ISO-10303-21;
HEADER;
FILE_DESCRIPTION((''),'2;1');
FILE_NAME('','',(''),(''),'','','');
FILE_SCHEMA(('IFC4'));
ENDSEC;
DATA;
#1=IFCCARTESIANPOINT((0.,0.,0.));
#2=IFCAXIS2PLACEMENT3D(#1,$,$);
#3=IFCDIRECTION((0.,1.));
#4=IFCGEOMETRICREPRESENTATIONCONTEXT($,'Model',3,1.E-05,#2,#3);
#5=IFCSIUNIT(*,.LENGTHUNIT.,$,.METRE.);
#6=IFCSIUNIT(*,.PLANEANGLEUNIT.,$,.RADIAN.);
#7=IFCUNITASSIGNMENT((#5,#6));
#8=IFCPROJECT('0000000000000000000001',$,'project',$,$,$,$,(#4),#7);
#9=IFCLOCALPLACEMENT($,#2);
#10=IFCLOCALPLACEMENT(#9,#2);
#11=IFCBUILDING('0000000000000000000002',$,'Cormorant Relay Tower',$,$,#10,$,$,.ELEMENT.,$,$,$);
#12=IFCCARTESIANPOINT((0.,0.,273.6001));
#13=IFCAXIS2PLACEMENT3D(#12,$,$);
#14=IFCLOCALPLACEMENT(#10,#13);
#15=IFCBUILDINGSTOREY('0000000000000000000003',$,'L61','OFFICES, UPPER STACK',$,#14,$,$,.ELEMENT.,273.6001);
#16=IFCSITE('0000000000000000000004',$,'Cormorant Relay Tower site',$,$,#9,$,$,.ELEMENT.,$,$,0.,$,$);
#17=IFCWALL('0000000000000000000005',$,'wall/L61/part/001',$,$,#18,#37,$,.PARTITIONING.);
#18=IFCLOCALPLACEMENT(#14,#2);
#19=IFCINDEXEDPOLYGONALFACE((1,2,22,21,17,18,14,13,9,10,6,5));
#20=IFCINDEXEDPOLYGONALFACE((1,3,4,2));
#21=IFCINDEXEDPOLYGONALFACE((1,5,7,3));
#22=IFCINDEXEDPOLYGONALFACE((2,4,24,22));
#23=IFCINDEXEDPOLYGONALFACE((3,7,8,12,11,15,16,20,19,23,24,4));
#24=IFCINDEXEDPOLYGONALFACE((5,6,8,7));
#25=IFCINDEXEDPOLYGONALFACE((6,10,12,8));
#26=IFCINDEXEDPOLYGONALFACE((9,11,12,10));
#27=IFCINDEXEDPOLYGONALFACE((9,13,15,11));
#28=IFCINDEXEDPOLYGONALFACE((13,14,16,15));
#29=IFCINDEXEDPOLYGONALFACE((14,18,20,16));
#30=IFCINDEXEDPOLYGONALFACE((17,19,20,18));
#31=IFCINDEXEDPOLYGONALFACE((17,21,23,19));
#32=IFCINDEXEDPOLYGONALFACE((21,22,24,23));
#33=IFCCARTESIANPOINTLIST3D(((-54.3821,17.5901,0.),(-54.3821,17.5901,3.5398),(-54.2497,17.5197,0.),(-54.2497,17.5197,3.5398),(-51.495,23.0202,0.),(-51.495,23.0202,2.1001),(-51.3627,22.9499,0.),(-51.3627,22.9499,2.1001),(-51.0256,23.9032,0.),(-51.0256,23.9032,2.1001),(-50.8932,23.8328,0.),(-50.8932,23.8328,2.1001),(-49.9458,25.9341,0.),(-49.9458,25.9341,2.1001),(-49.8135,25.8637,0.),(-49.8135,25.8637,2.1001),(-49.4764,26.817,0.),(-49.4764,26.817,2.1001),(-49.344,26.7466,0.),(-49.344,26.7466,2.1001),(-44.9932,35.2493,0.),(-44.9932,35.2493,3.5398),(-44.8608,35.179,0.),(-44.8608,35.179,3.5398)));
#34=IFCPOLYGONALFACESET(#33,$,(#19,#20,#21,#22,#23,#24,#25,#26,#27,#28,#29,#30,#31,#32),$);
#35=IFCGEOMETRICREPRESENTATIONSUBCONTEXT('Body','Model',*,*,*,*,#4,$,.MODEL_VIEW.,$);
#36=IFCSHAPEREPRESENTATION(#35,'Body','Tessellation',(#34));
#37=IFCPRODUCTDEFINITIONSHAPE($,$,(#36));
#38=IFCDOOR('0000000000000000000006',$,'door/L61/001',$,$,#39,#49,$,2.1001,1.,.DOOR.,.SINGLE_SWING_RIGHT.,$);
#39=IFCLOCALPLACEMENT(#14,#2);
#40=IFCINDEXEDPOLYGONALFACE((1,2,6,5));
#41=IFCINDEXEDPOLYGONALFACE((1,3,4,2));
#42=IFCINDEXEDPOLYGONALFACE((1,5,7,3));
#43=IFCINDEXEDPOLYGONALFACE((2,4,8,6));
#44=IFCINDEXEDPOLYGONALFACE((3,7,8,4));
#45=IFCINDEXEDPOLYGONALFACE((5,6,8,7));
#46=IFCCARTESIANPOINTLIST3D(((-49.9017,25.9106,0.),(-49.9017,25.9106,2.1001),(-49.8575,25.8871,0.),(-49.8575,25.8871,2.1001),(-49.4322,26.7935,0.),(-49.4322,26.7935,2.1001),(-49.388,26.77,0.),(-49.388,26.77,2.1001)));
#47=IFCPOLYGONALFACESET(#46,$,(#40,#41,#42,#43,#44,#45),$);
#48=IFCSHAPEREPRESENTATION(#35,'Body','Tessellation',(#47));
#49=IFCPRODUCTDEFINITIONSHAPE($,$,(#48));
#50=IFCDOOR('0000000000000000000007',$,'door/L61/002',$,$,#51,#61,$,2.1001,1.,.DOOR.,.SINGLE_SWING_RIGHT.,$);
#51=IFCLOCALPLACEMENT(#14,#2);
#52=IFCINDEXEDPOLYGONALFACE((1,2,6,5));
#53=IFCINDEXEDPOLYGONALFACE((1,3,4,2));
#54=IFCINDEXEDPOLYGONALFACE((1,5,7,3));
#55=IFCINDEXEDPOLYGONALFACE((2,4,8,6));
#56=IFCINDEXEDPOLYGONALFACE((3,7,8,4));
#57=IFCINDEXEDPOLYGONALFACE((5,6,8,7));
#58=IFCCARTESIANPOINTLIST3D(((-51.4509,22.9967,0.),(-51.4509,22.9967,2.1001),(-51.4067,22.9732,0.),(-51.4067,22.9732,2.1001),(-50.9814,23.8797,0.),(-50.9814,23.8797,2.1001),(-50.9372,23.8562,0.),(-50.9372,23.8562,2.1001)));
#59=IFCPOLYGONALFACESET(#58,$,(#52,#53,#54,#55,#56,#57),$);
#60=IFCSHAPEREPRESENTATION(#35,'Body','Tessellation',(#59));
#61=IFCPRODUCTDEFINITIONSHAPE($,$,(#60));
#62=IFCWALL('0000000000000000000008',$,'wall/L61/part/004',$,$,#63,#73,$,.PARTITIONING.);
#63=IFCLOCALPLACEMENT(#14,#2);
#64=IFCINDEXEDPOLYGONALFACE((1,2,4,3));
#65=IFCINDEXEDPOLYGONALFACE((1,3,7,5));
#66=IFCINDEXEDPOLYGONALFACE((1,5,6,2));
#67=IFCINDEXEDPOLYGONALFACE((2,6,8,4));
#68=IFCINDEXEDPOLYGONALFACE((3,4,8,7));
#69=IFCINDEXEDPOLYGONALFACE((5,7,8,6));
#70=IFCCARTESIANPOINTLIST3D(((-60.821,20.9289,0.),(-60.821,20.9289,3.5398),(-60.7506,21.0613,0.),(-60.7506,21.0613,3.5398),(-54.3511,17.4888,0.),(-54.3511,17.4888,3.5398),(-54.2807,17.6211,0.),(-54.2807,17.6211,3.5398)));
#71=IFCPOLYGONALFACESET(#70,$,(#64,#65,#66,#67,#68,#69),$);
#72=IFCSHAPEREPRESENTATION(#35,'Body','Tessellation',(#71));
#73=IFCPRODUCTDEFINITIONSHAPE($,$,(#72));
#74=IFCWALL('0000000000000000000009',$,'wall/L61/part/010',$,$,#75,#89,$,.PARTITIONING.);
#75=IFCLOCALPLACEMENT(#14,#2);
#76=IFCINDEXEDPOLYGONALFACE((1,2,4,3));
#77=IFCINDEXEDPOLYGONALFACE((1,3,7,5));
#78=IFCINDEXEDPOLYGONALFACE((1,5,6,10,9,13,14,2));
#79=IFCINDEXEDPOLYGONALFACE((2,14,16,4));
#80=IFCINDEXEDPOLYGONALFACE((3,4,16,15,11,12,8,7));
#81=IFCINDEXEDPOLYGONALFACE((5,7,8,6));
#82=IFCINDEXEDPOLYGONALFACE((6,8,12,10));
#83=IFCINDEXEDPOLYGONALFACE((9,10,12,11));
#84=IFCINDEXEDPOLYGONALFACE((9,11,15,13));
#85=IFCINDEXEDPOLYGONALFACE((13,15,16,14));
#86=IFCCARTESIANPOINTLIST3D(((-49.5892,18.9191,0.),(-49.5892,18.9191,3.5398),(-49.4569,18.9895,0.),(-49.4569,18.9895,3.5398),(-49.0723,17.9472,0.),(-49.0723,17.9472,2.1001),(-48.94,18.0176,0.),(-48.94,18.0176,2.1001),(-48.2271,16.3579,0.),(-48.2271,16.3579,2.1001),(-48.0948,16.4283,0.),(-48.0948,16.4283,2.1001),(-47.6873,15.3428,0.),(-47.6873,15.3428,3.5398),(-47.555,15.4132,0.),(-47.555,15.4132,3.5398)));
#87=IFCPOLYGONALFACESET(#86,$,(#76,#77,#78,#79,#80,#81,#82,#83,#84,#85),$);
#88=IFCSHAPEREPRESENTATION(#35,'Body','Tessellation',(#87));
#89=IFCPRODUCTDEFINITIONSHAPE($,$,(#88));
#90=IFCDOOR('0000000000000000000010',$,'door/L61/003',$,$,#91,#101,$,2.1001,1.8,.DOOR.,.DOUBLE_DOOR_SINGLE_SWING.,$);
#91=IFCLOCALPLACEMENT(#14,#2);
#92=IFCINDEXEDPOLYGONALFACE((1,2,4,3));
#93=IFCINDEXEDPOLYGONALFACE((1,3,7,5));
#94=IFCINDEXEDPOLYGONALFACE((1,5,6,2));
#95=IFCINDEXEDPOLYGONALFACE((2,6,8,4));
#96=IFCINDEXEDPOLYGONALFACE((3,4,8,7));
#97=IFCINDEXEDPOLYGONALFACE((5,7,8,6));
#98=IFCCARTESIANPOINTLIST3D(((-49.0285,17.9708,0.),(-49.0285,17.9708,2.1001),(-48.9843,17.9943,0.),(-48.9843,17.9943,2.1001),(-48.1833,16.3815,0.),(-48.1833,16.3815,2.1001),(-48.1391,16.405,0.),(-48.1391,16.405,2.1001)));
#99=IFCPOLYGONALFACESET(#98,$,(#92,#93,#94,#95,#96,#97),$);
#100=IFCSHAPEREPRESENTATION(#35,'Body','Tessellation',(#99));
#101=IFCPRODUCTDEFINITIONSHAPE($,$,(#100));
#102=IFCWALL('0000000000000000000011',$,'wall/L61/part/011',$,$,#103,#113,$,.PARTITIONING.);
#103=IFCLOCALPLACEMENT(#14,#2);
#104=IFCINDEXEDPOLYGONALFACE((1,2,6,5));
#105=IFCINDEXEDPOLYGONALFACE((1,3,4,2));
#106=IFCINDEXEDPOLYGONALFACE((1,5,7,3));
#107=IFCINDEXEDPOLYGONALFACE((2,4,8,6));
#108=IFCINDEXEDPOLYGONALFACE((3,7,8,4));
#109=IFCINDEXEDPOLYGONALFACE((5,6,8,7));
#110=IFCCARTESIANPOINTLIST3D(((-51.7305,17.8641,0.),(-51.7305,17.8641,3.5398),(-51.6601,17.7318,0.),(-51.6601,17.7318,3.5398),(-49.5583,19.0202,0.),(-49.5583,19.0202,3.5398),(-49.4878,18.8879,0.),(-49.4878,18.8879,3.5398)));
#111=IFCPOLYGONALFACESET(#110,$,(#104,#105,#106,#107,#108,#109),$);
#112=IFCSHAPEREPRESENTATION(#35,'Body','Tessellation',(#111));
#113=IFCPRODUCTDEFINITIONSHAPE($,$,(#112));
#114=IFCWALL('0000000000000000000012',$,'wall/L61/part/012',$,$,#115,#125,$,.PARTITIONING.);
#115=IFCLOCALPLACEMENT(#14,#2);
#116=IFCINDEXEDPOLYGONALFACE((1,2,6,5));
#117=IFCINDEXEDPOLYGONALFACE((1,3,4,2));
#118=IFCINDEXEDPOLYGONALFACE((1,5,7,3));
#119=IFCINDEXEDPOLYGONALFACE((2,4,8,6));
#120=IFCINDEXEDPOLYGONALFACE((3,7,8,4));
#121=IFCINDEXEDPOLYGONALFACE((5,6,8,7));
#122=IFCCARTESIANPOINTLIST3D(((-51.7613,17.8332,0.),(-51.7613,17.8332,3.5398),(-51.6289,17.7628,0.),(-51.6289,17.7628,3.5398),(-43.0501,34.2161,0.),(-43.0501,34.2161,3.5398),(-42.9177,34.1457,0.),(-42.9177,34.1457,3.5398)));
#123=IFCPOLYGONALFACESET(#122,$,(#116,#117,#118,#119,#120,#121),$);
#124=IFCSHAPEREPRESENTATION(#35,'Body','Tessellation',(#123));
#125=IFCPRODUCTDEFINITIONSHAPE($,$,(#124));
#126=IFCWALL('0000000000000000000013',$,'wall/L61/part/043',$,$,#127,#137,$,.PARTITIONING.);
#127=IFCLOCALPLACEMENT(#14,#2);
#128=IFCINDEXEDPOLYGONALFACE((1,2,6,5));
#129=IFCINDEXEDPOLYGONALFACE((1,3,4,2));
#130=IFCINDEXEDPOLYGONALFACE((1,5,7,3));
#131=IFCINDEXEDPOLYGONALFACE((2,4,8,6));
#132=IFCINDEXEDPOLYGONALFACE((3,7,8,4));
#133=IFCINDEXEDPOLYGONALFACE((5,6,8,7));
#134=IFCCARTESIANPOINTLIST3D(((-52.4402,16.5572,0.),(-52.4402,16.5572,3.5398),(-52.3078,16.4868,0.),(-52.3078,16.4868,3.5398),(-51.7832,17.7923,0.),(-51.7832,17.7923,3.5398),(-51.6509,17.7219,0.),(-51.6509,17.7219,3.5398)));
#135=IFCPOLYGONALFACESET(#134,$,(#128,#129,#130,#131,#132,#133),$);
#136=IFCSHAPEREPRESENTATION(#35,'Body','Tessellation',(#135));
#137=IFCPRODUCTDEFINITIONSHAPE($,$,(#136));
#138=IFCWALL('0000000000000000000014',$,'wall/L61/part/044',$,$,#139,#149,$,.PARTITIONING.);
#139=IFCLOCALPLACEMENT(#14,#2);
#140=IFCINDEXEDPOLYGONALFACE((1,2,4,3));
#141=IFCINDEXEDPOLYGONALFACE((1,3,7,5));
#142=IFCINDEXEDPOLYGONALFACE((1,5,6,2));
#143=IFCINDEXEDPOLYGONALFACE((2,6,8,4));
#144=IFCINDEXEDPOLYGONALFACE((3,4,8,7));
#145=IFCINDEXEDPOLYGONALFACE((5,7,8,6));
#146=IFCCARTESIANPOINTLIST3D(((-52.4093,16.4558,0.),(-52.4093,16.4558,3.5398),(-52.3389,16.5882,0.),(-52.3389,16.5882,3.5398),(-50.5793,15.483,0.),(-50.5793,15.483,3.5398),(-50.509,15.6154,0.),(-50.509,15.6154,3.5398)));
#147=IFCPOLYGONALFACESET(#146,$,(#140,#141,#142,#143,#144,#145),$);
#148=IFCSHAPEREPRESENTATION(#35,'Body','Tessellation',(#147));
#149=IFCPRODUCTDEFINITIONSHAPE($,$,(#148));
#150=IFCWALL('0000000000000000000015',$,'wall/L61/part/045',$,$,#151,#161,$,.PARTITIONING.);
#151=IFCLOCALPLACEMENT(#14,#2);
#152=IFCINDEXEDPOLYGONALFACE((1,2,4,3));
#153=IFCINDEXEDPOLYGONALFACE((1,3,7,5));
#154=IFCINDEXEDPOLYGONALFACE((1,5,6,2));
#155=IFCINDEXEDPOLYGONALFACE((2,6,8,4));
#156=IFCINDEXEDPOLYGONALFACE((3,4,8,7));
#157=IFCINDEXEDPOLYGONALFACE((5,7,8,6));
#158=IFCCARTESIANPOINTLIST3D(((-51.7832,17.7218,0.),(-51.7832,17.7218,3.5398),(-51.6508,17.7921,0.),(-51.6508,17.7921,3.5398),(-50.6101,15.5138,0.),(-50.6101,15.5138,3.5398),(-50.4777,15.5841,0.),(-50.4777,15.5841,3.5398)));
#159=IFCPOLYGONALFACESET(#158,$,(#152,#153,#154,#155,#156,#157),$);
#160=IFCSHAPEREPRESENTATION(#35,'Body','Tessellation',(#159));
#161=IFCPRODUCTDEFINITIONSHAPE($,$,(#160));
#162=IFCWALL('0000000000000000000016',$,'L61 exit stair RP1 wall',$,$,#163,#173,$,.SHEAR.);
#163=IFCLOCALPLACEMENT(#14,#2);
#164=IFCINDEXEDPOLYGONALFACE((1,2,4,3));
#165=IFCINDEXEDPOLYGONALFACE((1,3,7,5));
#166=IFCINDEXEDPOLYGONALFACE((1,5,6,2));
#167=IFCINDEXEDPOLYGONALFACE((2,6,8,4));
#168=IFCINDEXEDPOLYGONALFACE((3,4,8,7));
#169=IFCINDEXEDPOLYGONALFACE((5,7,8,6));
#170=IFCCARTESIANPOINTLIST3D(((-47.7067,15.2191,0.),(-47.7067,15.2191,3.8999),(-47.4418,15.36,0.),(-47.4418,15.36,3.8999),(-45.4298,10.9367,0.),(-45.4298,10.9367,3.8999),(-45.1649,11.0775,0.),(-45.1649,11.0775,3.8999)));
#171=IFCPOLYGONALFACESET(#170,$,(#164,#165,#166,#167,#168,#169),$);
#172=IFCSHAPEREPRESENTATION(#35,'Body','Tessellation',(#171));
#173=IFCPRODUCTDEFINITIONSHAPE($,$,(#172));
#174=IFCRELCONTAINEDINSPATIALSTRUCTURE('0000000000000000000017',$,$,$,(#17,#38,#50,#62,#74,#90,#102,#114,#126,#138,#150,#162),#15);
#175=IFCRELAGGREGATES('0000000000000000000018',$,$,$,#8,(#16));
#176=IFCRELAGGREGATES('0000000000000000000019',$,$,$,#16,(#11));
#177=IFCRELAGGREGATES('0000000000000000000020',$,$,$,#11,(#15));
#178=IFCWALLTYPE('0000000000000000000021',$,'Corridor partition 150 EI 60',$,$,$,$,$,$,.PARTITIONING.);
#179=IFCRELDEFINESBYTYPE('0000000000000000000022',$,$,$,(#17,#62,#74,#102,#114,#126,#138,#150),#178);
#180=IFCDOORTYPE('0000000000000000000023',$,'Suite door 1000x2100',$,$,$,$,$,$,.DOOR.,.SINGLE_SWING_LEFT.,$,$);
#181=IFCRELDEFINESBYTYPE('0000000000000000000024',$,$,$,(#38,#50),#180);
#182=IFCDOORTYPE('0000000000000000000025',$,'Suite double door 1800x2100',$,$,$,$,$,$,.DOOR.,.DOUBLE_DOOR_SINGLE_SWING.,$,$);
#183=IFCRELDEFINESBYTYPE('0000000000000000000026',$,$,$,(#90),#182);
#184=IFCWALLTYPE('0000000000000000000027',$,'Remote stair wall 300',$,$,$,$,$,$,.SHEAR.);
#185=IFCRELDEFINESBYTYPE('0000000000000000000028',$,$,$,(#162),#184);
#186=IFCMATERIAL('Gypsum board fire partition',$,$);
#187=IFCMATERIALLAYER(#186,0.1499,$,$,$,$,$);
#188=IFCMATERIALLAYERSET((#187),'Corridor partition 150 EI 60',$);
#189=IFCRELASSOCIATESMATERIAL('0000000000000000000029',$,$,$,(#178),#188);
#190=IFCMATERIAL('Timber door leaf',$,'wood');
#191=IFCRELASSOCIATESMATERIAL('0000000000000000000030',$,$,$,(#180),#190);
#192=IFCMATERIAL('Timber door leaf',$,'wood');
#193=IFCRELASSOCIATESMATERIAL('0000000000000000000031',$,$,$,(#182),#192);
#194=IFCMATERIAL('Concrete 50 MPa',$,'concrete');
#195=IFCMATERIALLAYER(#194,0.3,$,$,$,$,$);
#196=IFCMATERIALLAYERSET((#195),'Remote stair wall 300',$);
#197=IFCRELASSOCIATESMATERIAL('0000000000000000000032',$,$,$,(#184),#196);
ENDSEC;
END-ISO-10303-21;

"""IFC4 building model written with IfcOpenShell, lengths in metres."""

from ifc_helpers import new_model, si_unit, direction, frame, frame_2d, origin, place, context, subcontext, project, spatial, rectangle, extrude, material, layer, layer_set, type_object, element, fill, save


model = new_model("IFC4")

# Units and contexts
model_context = context("Model", 3, precision=1e-05, world=origin(), true_north=direction((0.0, 1.0)))
body_context = subcontext(model_context, "Body", "Model", "MODEL_VIEW")
ifc_project = project(units=[si_unit("LENGTHUNIT", "METRE"), si_unit("PLANEANGLEUNIT", "RADIAN")], contexts=[model_context])

# Site, building, storey
site_placement = place(None, origin())
site = spatial("IfcSite", under=ifc_project, at=site_placement, Name="Cormorant Relay Tower site", CompositionType="ELEMENT", RefElevation=0.0)
building_placement = place(site_placement, origin())
building = spatial("IfcBuilding", under=site, at=building_placement, Name="Cormorant Relay Tower", CompositionType="ELEMENT")
storey_placement = place(building_placement, frame((0.0, 0.0, 273.6001)))
storey = spatial("IfcBuildingStorey", under=building, at=storey_placement, Name="L61", Description="OFFICES, UPPER STACK", CompositionType="ELEMENT", Elevation=273.6001)

# Wall, openings, doors
ifc_material_1 = material(Name="Gypsum board fire partition")
ifc_layer_1 = layer(ifc_material_1, 0.1499)
ifc_layer_set_1 = layer_set([ifc_layer_1], Name="Corridor partition 150 EI 60")
wall_type_1 = type_object("IfcWallType", Name="Corridor partition 150 EI 60", PredefinedType="PARTITIONING", material=ifc_layer_set_1)
wall_1_placement = place(storey_placement, frame((-54.3159, 17.5549, 0.0), z_axis=(0.0, 0.0, 1.0), x_axis=(0.469447, 0.882961, 0.0)))
wall_1 = element("IfcWall", 1, at=wall_1_placement, inside=storey, type_object=wall_type_1, Name="wall/L61/part/001", PredefinedType="PARTITIONING", context=body_context, shape_type="SweptSolid", body=[
    extrude(rectangle(XDim=20.0, YDim=0.1499, at=frame_2d((10.0, 0.0))), origin(), (0.0, 0.0, 1.0), 3.5398),
])
opening_1_placement = place(wall_1_placement, frame((9.45, 0.0, 0.0)))
opening_1 = element("IfcOpeningElement", 2, at=opening_1_placement, cuts=wall_1, PredefinedType="OPENING", context=body_context, shape_type="SweptSolid", body=[
    extrude(rectangle(XDim=1.0, YDim=2.1001, at=frame_2d((0.5, 1.05))), frame((0.0, 0.085, 0.0), z_axis=(0.0, -1.0, 0.0), x_axis=(1.0, 0.0, 0.0)), (0.0, 0.0, 1.0), 0.1699),
])
opening_2_placement = place(wall_1_placement, frame((6.1499, 0.0, 0.0)))
opening_2 = element("IfcOpeningElement", 3, at=opening_2_placement, cuts=wall_1, PredefinedType="OPENING", context=body_context, shape_type="SweptSolid", body=[
    extrude(rectangle(XDim=1.0, YDim=2.1001, at=frame_2d((0.5, 1.05))), frame((0.0, 0.085, 0.0), z_axis=(0.0, -1.0, 0.0), x_axis=(1.0, 0.0, 0.0)), (0.0, 0.0, 1.0), 0.1699),
])
ifc_material_2 = material(Name="Timber door leaf", Category="wood")
door_type_1 = type_object("IfcDoorType", Name="Suite door 1000x2100", OperationType="SINGLE_SWING_LEFT", PredefinedType="DOOR", material=ifc_material_2)
door_1_placement = place(opening_1_placement, origin())
door_1 = element("IfcDoor", 4, at=door_1_placement, inside=storey, type_object=door_type_1, Name="door/L61/001", OperationType="SINGLE_SWING_RIGHT", OverallHeight=2.1001, OverallWidth=1.0, PredefinedType="DOOR", context=body_context, shape_type="SweptSolid", body=[
    extrude(rectangle(XDim=1.0, YDim=2.1001, at=frame_2d((0.5, 1.05))), frame((0.0, 0.0249, 0.0), z_axis=(0.0, -1.0, 0.0), x_axis=(1.0, 0.0, 0.0)), (0.0, 0.0, 1.0), 0.05),
])
fill(opening_1, door_1)
door_2_placement = place(opening_2_placement, origin())
door_2 = element("IfcDoor", 5, at=door_2_placement, inside=storey, type_object=door_type_1, Name="door/L61/002", OperationType="SINGLE_SWING_RIGHT", OverallHeight=2.1001, OverallWidth=1.0, PredefinedType="DOOR", context=body_context, shape_type="SweptSolid", body=[
    extrude(rectangle(XDim=1.0, YDim=2.1001, at=frame_2d((0.5, 1.05))), frame((0.0, 0.0249, 0.0), z_axis=(0.0, -1.0, 0.0), x_axis=(1.0, 0.0, 0.0)), (0.0, 0.0, 1.0), 0.05),
])
fill(opening_2, door_2)

# Wall
wall_2_placement = place(storey_placement, frame((-54.3159, 17.5549, 0.0), z_axis=(0.0, 0.0, 1.0), x_axis=(-0.882945, 0.469476, 0.0)))
element("IfcWall", 6, at=wall_2_placement, inside=storey, type_object=wall_type_1, Name="wall/L61/part/004", PredefinedType="PARTITIONING", context=body_context, shape_type="SweptSolid", body=[
    extrude(rectangle(XDim=7.3276, YDim=0.1499, at=frame_2d((3.6638, 0.0))), origin(), (0.0, 0.0, 1.0), 3.5398),
])

# Wall, opening, door
wall_3_placement = place(storey_placement, frame((-47.6211, 15.3779, 0.0), z_axis=(0.0, 0.0, 1.0), x_axis=(-0.469543, 0.88291, 0.0)))
wall_3 = element("IfcWall", 7, at=wall_3_placement, inside=storey, type_object=wall_type_1, Name="wall/L61/part/010", PredefinedType="PARTITIONING", context=body_context, shape_type="SweptSolid", body=[
    extrude(rectangle(XDim=4.0505, YDim=0.1499, at=frame_2d((2.0254, 0.0))), origin(), (0.0, 0.0, 1.0), 3.5398),
])
opening_3_placement = place(wall_3_placement, frame((1.1499, 0.0, 0.0)))
opening_3 = element("IfcOpeningElement", 8, at=opening_3_placement, cuts=wall_3, PredefinedType="OPENING", context=body_context, shape_type="SweptSolid", body=[
    extrude(rectangle(XDim=1.8, YDim=2.1001, at=frame_2d((0.8999, 1.05))), frame((0.0, 0.085, 0.0), z_axis=(0.0, -1.0, 0.0), x_axis=(1.0, 0.0, 0.0)), (0.0, 0.0, 1.0), 0.1699),
])
ifc_material_3 = material(Name="Timber door leaf", Category="wood")
door_type_2 = type_object("IfcDoorType", Name="Suite double door 1800x2100", OperationType="DOUBLE_DOOR_SINGLE_SWING", PredefinedType="DOOR", material=ifc_material_3)
door_3_placement = place(opening_3_placement, frame((1.8, 0.0, 0.0), z_axis=(0.0, 0.0, 1.0), x_axis=(-1.0, 0.0, 0.0)))
door_3 = element("IfcDoor", 9, at=door_3_placement, inside=storey, type_object=door_type_2, Name="door/L61/003", OperationType="DOUBLE_DOOR_SINGLE_SWING", OverallHeight=2.1001, OverallWidth=1.8, PredefinedType="DOOR", context=body_context, shape_type="SweptSolid", body=[
    extrude(rectangle(XDim=1.8, YDim=2.1001, at=frame_2d((0.8999, 1.05))), frame((0.0, 0.0249, 0.0), z_axis=(0.0, -1.0, 0.0), x_axis=(1.0, 0.0, 0.0)), (0.0, 0.0, 1.0), 0.05),
])
fill(opening_3, door_3)

# Walls
wall_4_placement = place(storey_placement, frame((-49.5229, 18.9541, 0.0), z_axis=(0.0, 0.0, 1.0), x_axis=(-0.882767, -0.46981, 0.0)))
element("IfcWall", 10, at=wall_4_placement, inside=storey, type_object=wall_type_1, Name="wall/L61/part/011", PredefinedType="PARTITIONING", context=body_context, shape_type="SweptSolid", body=[
    extrude(rectangle(XDim=2.4607, YDim=0.1499, at=frame_2d((1.2305, 0.0))), origin(), (0.0, 0.0, 1.0), 3.5398),
])
wall_5_placement = place(storey_placement, frame((-51.6951, 17.7981, 0.0), z_axis=(0.0, 0.0, 1.0), x_axis=(0.469484, 0.882941, 0.0)))
element("IfcWall", 11, at=wall_5_placement, inside=storey, type_object=wall_type_1, Name="wall/L61/part/012", PredefinedType="PARTITIONING", context=body_context, shape_type="SweptSolid", body=[
    extrude(rectangle(XDim=18.5549, YDim=0.1499, at=frame_2d((9.2773, 0.0))), origin(), (0.0, 0.0, 1.0), 3.5398),
])
wall_6_placement = place(storey_placement, frame((-51.717, 17.7571, 0.0), z_axis=(0.0, 0.0, 1.0), x_axis=(-0.469619, -0.882869, 0.0)))
element("IfcWall", 12, at=wall_6_placement, inside=storey, type_object=wall_type_1, Name="wall/L61/part/043", PredefinedType="PARTITIONING", context=body_context, shape_type="SweptSolid", body=[
    extrude(rectangle(XDim=1.3989, YDim=0.1499, at=frame_2d((0.6995, 0.0))), origin(), (0.0, 0.0, 1.0), 3.5398),
])
wall_7_placement = place(storey_placement, frame((-52.374, 16.522, 0.0), z_axis=(0.0, 0.0, 1.0), x_axis=(0.882981, -0.469408, 0.0)))
element("IfcWall", 13, at=wall_7_placement, inside=storey, type_object=wall_type_1, Name="wall/L61/part/044", PredefinedType="PARTITIONING", context=body_context, shape_type="SweptSolid", body=[
    extrude(rectangle(XDim=2.0725, YDim=0.1499, at=frame_2d((1.0361, 0.0))), origin(), (0.0, 0.0, 1.0), 3.5398),
])
wall_8_placement = place(storey_placement, frame((-50.5439, 15.5491, 0.0), z_axis=(0.0, 0.0, 1.0), x_axis=(-0.469184, 0.883101, 0.0)))
element("IfcWall", 14, at=wall_8_placement, inside=storey, type_object=wall_type_1, Name="wall/L61/part/045", PredefinedType="PARTITIONING", context=body_context, shape_type="SweptSolid", body=[
    extrude(rectangle(XDim=2.5002, YDim=0.1499, at=frame_2d((1.25, 0.0))), origin(), (0.0, 0.0, 1.0), 3.5398),
])
ifc_material_4 = material(Name="Concrete 50 MPa", Category="concrete")
ifc_layer_2 = layer(ifc_material_4, 0.3)
ifc_layer_set_2 = layer_set([ifc_layer_2], Name="Remote stair wall 300")
wall_type_2 = type_object("IfcWallType", Name="Remote stair wall 300", PredefinedType="SHEAR", material=ifc_layer_set_2)
wall_9_placement = place(storey_placement, frame((-47.5742, 15.2896, 0.0), z_axis=(0.0, 0.0, 1.0), x_axis=(0.469443, -0.882963, 0.0)))
element("IfcWall", 15, at=wall_9_placement, inside=storey, type_object=wall_type_2, Name="L61 exit stair RP1 wall", PredefinedType="SHEAR", context=body_context, shape_type="SweptSolid", body=[
    extrude(rectangle(XDim=4.8501, YDim=0.3, at=frame_2d((2.425, 0.0))), origin(), (0.0, 0.0, 1.0), 3.8999),
])

save(model, "model.ifc")
